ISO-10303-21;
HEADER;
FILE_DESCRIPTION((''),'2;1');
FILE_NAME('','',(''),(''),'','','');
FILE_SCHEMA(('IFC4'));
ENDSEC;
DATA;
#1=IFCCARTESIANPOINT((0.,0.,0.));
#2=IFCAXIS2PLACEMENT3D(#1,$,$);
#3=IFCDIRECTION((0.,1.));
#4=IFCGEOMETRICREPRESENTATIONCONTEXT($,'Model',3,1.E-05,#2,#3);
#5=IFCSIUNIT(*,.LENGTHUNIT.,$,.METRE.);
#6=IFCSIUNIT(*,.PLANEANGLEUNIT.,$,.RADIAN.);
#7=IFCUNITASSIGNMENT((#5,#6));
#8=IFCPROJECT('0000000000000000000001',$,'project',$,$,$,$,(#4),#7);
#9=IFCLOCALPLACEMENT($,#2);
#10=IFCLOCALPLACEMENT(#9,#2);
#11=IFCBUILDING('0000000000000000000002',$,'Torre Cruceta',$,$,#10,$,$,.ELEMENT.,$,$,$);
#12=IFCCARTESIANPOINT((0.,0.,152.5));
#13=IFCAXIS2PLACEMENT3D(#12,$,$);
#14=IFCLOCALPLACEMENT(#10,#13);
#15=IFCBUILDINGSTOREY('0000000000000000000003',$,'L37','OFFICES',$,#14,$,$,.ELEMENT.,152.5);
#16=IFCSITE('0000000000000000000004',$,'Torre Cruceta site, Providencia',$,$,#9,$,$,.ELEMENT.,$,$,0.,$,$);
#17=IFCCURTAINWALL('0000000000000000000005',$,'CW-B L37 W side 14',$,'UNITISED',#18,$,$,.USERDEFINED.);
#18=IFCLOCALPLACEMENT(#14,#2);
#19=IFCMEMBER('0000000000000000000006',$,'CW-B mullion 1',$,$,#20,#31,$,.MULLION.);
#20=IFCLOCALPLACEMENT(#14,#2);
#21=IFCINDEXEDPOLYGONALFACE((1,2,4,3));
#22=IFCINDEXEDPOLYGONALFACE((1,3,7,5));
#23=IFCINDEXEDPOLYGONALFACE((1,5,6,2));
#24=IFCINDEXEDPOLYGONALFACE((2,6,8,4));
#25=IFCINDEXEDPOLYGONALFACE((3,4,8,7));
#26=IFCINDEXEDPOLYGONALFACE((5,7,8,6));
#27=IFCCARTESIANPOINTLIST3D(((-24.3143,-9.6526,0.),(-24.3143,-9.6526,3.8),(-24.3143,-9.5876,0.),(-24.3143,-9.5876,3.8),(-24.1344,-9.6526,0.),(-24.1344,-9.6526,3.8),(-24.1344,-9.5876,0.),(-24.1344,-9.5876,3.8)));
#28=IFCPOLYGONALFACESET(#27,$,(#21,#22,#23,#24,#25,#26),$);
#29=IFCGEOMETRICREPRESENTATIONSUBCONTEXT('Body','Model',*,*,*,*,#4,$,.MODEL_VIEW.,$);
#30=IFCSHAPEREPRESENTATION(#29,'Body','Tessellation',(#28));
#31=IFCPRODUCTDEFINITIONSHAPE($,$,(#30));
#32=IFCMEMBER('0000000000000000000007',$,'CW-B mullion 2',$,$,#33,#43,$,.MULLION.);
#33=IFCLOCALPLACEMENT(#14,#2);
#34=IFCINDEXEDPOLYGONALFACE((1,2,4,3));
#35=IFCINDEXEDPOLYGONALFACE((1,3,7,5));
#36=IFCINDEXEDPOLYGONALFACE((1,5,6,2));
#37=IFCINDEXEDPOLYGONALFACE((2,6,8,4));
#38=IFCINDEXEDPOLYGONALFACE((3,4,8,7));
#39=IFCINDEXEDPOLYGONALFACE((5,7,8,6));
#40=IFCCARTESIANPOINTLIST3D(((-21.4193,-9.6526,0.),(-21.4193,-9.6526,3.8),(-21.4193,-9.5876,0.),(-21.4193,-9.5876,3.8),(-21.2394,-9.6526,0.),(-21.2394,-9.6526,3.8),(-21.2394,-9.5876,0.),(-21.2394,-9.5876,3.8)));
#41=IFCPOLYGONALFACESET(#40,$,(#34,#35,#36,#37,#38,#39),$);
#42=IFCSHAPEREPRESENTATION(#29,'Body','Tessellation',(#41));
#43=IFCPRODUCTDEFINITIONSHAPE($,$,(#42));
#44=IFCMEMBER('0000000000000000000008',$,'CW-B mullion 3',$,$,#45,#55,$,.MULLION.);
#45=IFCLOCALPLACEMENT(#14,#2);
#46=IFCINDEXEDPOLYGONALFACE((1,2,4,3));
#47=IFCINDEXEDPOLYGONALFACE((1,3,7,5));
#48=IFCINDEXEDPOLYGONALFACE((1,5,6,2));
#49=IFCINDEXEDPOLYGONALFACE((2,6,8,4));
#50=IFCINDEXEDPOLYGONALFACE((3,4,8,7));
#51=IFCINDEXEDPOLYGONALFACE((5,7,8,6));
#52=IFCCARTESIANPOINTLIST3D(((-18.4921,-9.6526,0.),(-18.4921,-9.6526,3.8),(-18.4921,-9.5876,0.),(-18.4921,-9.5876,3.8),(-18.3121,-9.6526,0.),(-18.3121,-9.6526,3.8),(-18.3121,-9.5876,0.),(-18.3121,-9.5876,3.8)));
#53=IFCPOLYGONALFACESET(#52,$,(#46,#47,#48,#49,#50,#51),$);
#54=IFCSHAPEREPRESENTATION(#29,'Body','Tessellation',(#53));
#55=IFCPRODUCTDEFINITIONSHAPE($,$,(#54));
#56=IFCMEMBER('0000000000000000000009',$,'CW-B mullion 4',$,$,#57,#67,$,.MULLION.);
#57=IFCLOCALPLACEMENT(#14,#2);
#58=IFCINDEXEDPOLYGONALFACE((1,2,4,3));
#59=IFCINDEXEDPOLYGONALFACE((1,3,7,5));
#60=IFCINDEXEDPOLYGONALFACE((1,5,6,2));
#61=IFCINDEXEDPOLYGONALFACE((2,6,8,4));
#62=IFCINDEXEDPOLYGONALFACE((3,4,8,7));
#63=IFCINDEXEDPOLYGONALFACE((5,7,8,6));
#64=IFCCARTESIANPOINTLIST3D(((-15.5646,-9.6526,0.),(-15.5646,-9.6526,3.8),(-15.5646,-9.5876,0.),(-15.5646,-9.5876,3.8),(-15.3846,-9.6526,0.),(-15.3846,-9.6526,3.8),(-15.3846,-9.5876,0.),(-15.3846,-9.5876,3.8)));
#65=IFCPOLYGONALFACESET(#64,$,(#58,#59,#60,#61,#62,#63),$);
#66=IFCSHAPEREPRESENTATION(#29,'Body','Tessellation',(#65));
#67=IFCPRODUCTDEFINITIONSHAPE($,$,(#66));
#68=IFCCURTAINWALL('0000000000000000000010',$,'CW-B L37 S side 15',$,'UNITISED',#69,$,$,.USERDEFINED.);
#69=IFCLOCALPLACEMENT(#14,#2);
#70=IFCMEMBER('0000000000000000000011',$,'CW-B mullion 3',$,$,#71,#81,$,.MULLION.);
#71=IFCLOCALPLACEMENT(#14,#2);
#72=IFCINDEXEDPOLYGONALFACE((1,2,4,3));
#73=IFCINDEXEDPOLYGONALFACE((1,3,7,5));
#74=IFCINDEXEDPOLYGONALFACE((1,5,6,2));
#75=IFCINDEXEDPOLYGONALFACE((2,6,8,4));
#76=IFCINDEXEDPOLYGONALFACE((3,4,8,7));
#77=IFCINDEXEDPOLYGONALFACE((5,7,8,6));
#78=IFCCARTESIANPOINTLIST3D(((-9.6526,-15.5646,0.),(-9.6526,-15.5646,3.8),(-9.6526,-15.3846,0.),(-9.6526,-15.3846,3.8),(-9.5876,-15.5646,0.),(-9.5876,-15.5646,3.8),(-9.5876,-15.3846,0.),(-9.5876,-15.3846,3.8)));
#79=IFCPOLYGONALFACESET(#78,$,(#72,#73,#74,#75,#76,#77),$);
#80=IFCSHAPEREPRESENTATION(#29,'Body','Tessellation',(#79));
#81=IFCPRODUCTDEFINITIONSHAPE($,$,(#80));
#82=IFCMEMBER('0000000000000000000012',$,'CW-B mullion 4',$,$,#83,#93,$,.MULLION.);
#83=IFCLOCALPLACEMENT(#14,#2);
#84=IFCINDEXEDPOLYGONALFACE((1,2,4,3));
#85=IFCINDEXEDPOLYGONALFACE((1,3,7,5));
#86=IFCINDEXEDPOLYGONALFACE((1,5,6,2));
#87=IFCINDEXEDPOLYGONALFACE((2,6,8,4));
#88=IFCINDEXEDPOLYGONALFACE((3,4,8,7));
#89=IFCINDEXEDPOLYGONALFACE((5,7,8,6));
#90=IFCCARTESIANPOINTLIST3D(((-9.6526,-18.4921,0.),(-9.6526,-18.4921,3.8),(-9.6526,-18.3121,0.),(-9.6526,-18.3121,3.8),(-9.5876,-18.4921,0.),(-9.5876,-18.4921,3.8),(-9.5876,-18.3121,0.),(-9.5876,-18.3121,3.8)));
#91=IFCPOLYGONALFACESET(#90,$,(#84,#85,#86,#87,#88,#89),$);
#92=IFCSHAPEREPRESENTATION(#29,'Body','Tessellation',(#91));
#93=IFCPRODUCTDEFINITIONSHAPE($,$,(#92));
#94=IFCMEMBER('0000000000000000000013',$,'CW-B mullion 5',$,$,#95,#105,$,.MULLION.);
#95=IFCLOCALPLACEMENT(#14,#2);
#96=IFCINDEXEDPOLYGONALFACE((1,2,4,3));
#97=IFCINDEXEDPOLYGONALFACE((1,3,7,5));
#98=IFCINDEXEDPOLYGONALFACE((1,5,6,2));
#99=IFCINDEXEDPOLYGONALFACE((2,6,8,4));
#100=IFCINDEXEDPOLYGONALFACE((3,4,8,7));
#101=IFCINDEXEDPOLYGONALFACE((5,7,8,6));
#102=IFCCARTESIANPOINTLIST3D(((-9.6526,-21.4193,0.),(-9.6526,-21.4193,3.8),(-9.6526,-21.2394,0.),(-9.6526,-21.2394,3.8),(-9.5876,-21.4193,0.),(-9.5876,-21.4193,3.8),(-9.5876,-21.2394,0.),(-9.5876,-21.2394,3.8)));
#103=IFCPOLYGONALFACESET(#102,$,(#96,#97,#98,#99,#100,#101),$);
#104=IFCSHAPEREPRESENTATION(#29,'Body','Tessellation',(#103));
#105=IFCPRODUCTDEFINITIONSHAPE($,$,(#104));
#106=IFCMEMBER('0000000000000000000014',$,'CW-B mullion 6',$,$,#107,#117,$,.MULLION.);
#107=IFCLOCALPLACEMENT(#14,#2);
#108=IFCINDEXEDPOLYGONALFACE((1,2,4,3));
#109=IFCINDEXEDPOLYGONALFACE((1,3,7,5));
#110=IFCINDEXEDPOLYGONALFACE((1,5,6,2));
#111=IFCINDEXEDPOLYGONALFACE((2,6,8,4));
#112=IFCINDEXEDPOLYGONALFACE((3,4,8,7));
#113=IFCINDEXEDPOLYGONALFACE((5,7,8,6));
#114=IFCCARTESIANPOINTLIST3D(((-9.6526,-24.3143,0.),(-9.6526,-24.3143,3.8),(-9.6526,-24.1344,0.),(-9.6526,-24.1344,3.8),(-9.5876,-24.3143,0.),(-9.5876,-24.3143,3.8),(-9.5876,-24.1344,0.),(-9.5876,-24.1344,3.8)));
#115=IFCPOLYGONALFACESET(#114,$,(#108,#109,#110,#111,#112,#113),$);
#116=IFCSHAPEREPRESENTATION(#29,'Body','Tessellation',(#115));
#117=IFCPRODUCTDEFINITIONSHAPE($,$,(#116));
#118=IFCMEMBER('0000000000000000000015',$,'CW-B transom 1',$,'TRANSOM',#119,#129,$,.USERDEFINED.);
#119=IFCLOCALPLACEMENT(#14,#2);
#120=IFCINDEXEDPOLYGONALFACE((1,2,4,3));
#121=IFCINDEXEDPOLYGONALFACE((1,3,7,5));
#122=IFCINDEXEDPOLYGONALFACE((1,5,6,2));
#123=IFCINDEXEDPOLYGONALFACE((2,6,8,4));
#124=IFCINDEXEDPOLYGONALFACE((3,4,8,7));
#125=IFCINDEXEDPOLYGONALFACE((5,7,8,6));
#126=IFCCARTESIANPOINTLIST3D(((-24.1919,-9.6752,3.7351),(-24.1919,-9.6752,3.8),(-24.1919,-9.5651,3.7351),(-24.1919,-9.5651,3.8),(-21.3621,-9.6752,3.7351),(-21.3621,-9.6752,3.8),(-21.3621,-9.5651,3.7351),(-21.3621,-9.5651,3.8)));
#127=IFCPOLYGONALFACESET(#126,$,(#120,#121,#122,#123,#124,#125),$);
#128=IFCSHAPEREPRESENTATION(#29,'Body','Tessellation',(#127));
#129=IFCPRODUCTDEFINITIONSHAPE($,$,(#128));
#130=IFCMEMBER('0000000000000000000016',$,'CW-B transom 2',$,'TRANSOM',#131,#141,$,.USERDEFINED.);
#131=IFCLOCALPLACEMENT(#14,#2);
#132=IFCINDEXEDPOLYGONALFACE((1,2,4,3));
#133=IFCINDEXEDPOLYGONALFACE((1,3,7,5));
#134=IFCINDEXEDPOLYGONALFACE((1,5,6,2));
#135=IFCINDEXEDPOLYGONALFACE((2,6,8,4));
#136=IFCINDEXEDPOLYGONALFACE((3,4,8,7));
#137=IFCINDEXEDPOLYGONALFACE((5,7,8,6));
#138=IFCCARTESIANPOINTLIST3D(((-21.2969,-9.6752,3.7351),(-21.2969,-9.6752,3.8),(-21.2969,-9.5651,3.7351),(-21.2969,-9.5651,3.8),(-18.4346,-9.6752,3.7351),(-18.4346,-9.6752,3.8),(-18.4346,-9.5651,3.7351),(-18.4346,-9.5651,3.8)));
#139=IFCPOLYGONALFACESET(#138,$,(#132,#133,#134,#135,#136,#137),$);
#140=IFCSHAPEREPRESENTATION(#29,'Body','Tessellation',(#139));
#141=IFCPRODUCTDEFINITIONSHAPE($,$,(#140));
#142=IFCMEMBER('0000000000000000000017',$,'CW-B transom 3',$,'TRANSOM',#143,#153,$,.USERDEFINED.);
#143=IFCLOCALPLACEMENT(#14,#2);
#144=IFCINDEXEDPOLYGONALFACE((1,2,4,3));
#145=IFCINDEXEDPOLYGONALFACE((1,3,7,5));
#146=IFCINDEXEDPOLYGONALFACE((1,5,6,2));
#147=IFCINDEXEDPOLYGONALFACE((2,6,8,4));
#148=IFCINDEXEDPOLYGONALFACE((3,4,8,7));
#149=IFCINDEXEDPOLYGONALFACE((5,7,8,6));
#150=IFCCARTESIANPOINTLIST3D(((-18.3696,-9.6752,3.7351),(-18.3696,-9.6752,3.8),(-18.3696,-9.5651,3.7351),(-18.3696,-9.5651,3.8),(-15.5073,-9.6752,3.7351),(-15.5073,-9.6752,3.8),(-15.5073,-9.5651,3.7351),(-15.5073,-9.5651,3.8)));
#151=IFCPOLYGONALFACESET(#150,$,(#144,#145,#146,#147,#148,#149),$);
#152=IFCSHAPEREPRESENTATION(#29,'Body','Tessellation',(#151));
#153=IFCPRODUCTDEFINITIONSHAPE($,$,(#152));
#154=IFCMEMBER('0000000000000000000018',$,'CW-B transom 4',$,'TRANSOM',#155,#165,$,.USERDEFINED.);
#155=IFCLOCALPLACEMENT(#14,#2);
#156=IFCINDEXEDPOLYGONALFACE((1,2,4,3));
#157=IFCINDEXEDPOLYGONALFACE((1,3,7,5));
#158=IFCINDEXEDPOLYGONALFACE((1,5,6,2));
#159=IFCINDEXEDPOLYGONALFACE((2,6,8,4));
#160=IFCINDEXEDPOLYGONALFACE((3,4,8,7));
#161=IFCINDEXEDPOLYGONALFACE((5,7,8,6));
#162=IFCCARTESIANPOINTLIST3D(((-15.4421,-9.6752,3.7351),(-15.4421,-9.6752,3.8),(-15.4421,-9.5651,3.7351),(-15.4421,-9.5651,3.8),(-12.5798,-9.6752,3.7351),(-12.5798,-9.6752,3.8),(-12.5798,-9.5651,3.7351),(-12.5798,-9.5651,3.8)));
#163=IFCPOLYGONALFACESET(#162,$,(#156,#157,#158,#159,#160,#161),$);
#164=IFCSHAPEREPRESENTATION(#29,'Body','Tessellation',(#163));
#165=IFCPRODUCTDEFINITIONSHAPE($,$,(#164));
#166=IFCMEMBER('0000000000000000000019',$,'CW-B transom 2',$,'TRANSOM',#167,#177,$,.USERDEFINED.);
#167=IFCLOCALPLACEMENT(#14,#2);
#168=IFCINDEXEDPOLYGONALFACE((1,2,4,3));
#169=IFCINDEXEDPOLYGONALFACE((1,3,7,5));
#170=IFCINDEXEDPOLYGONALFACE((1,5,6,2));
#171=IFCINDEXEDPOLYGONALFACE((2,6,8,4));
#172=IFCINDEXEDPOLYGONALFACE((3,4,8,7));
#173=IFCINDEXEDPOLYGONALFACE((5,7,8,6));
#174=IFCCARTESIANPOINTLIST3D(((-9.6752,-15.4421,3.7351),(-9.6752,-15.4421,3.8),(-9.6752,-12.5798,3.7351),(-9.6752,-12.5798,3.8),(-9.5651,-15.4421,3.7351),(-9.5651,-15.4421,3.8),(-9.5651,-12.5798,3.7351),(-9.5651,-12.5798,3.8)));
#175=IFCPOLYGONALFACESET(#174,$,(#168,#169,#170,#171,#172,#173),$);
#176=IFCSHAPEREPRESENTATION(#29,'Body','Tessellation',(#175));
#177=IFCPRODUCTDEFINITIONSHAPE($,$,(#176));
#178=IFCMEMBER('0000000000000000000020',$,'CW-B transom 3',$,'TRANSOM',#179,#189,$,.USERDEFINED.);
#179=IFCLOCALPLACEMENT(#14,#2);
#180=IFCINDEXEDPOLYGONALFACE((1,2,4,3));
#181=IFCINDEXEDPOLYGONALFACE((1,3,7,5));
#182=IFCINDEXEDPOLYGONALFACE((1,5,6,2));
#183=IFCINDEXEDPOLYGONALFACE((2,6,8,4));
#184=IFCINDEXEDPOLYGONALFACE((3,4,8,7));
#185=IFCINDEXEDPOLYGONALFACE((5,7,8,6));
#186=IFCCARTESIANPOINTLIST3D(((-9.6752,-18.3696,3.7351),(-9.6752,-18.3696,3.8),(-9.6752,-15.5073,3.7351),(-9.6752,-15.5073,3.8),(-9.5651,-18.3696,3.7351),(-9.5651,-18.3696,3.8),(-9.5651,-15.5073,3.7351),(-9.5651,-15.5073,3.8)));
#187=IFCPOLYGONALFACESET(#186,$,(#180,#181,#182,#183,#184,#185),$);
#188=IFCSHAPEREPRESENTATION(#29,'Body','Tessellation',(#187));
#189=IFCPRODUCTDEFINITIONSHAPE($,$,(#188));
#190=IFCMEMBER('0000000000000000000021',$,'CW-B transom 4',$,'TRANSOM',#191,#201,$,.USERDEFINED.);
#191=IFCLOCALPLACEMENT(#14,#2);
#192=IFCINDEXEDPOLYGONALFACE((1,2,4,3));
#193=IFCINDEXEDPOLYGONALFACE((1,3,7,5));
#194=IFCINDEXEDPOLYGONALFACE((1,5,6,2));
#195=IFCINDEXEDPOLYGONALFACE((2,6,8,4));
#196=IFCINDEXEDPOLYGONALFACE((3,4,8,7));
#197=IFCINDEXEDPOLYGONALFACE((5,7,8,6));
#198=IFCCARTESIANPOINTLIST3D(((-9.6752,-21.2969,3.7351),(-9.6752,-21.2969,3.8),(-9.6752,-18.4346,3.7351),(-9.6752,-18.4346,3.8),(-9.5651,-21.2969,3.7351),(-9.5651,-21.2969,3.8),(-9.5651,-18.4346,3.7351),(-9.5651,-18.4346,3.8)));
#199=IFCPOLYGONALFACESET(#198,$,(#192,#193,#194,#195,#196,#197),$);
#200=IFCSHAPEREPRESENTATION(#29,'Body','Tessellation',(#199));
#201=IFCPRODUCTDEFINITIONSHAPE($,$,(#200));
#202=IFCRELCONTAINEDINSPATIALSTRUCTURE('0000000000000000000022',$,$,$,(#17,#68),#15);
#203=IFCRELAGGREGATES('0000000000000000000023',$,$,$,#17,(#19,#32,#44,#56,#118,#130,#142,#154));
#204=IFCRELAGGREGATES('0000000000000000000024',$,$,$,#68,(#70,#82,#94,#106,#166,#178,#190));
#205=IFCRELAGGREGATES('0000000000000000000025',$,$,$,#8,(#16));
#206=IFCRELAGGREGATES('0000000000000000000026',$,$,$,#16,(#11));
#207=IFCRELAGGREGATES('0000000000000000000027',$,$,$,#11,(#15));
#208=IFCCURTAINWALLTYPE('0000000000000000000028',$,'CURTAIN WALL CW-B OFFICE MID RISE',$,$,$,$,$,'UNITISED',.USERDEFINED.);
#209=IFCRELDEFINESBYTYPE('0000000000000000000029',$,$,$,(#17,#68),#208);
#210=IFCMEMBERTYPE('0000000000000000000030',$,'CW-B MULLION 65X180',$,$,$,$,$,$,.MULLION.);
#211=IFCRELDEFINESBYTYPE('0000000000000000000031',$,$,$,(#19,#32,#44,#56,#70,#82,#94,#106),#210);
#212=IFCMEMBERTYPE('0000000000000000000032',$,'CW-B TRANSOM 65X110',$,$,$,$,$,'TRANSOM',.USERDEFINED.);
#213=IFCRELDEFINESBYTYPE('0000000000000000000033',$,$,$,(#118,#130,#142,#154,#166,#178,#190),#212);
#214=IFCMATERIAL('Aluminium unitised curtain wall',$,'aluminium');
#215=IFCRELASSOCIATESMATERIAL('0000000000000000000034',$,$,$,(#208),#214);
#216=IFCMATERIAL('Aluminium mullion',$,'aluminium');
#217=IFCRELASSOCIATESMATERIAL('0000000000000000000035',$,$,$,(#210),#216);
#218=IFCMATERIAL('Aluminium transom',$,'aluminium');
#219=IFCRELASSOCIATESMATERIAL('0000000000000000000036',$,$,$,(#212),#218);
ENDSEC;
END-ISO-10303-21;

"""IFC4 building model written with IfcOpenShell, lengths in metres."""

from ifc_helpers import new_model, si_unit, direction, frame, origin, origin_2d, place, context, subcontext, project, spatial, rectangle, extrude, material, material_profile, profile_set, type_object, element, aggregate, save


model = new_model("IFC4")

# Units and contexts
model_context = context("Model", 3, precision=1e-05, world=origin(), true_north=direction((0.0, 1.0)))
body_context = subcontext(model_context, "Body", "Model", "MODEL_VIEW")
ifc_project = project(units=[si_unit("LENGTHUNIT", "METRE"), si_unit("PLANEANGLEUNIT", "RADIAN")], contexts=[model_context])

# Site, building, storey
site_placement = place(None, origin())
site = spatial("IfcSite", under=ifc_project, at=site_placement, Name="Torre Cruceta site, Providencia", CompositionType="ELEMENT", RefElevation=0.0)
building_placement = place(site_placement, origin())
building = spatial("IfcBuilding", under=site, at=building_placement, Name="Torre Cruceta", CompositionType="ELEMENT")
storey_placement = place(building_placement, frame((0.0, 0.0, 152.5)))
storey = spatial("IfcBuildingStorey", under=building, at=storey_placement, Name="L37", Description="OFFICES", CompositionType="ELEMENT", Elevation=152.5)

# Curtain walls, members
ifc_material_1 = material(Name="Aluminium unitised curtain wall", Category="aluminium")
curtain_wall_type = type_object("IfcCurtainWallType", Name="CURTAIN WALL CW-B OFFICE MID RISE", ElementType="UNITISED", PredefinedType="USERDEFINED", material=ifc_material_1)
curtain_wall_1_placement = place(storey_placement, origin())
curtain_wall_1 = element("IfcCurtainWall", 1, at=curtain_wall_1_placement, inside=storey, type_object=curtain_wall_type, Name="CW-B L37 W side 14", ObjectType="UNITISED", PredefinedType="USERDEFINED")
ifc_material_2 = material(Name="Aluminium mullion", Category="aluminium")
ifc_material_profile_1 = material_profile(ifc_material_2, rectangle(XDim=0.0649, YDim=0.1799, at=origin_2d()), Name="AL 65X180")
ifc_profile_set_1 = profile_set([ifc_material_profile_1], Name="Aluminium mullion")
member_type_1 = type_object("IfcMemberType", Name="CW-B MULLION 65X180", PredefinedType="MULLION", material=ifc_profile_set_1)
member_1_placement = place(storey_placement, frame((-24.2244, -9.6201, 0.0), z_axis=(0.0, 0.0, 1.0), x_axis=(0.0, 1.0, 0.0)))
member_1 = element("IfcMember", 2, at=member_1_placement, type_object=member_type_1, Name="CW-B mullion 1", PredefinedType="MULLION", context=body_context, shape_type="SweptSolid", body=[
    extrude(rectangle(XDim=0.0649, YDim=0.1799, at=origin_2d()), origin(), (0.0, 0.0, 1.0), 3.8),
])
member_2_placement = place(storey_placement, frame((-21.3293, -9.6201, 0.0), z_axis=(0.0, 0.0, 1.0), x_axis=(0.0, 1.0, 0.0)))
member_2 = element("IfcMember", 3, at=member_2_placement, type_object=member_type_1, Name="CW-B mullion 2", PredefinedType="MULLION", context=body_context, shape_type="SweptSolid", body=[
    extrude(rectangle(XDim=0.0649, YDim=0.1799, at=origin_2d()), origin(), (0.0, 0.0, 1.0), 3.8),
])
member_3_placement = place(storey_placement, frame((-18.4021, -9.6201, 0.0), z_axis=(0.0, 0.0, 1.0), x_axis=(0.0, 1.0, 0.0)))
member_3 = element("IfcMember", 4, at=member_3_placement, type_object=member_type_1, Name="CW-B mullion 3", PredefinedType="MULLION", context=body_context, shape_type="SweptSolid", body=[
    extrude(rectangle(XDim=0.0649, YDim=0.1799, at=origin_2d()), origin(), (0.0, 0.0, 1.0), 3.8),
])
member_4_placement = place(storey_placement, frame((-15.4746, -9.6201, 0.0), z_axis=(0.0, 0.0, 1.0), x_axis=(0.0, 1.0, 0.0)))
member_4 = element("IfcMember", 5, at=member_4_placement, type_object=member_type_1, Name="CW-B mullion 4", PredefinedType="MULLION", context=body_context, shape_type="SweptSolid", body=[
    extrude(rectangle(XDim=0.0649, YDim=0.1799, at=origin_2d()), origin(), (0.0, 0.0, 1.0), 3.8),
])
curtain_wall_2_placement = place(storey_placement, origin())
curtain_wall_2 = element("IfcCurtainWall", 6, at=curtain_wall_2_placement, inside=storey, type_object=curtain_wall_type, Name="CW-B L37 S side 15", ObjectType="UNITISED", PredefinedType="USERDEFINED")
member_5_placement = place(storey_placement, frame((-9.6201, -15.4746, 0.0), z_axis=(0.0, 0.0, 1.0), x_axis=(1.0, 0.0, 0.0)))
member_5 = element("IfcMember", 7, at=member_5_placement, type_object=member_type_1, Name="CW-B mullion 3", PredefinedType="MULLION", context=body_context, shape_type="SweptSolid", body=[
    extrude(rectangle(XDim=0.0649, YDim=0.1799, at=origin_2d()), origin(), (0.0, 0.0, 1.0), 3.8),
])
member_6_placement = place(storey_placement, frame((-9.6201, -18.4021, 0.0), z_axis=(0.0, 0.0, 1.0), x_axis=(1.0, 0.0, 0.0)))
member_6 = element("IfcMember", 8, at=member_6_placement, type_object=member_type_1, Name="CW-B mullion 4", PredefinedType="MULLION", context=body_context, shape_type="SweptSolid", body=[
    extrude(rectangle(XDim=0.0649, YDim=0.1799, at=origin_2d()), origin(), (0.0, 0.0, 1.0), 3.8),
])
member_7_placement = place(storey_placement, frame((-9.6201, -21.3293, 0.0), z_axis=(0.0, 0.0, 1.0), x_axis=(1.0, 0.0, 0.0)))
member_7 = element("IfcMember", 9, at=member_7_placement, type_object=member_type_1, Name="CW-B mullion 5", PredefinedType="MULLION", context=body_context, shape_type="SweptSolid", body=[
    extrude(rectangle(XDim=0.0649, YDim=0.1799, at=origin_2d()), origin(), (0.0, 0.0, 1.0), 3.8),
])
member_8_placement = place(storey_placement, frame((-9.6201, -24.2244, 0.0), z_axis=(0.0, 0.0, 1.0), x_axis=(1.0, 0.0, 0.0)))
member_8 = element("IfcMember", 10, at=member_8_placement, type_object=member_type_1, Name="CW-B mullion 6", PredefinedType="MULLION", context=body_context, shape_type="SweptSolid", body=[
    extrude(rectangle(XDim=0.0649, YDim=0.1799, at=origin_2d()), origin(), (0.0, 0.0, 1.0), 3.8),
])

# Members
ifc_material_3 = material(Name="Aluminium transom", Category="aluminium")
ifc_material_profile_2 = material_profile(ifc_material_3, rectangle(XDim=0.1101, YDim=0.0649, at=origin_2d()), Name="AL 110X65")
ifc_profile_set_2 = profile_set([ifc_material_profile_2], Name="Aluminium transom")
member_type_2 = type_object("IfcMemberType", Name="CW-B TRANSOM 65X110", ElementType="TRANSOM", PredefinedType="USERDEFINED", material=ifc_profile_set_2)
member_9_placement = place(storey_placement, frame((-24.1919, -9.6201, 3.7676), z_axis=(1.0, 0.0, 0.0), x_axis=(0.0, 1.0, 0.0)))
member_9 = element("IfcMember", 11, at=member_9_placement, type_object=member_type_2, Name="CW-B transom 1", ObjectType="TRANSOM", PredefinedType="USERDEFINED", context=body_context, shape_type="SweptSolid", body=[
    extrude(rectangle(XDim=0.1101, YDim=0.0649, at=origin_2d()), origin(), (0.0, 0.0, 1.0), 2.8298),
])
member_10_placement = place(storey_placement, frame((-21.2969, -9.6201, 3.7676), z_axis=(1.0, 0.0, 0.0), x_axis=(0.0, 1.0, 0.0)))
member_10 = element("IfcMember", 12, at=member_10_placement, type_object=member_type_2, Name="CW-B transom 2", ObjectType="TRANSOM", PredefinedType="USERDEFINED", context=body_context, shape_type="SweptSolid", body=[
    extrude(rectangle(XDim=0.1101, YDim=0.0649, at=origin_2d()), origin(), (0.0, 0.0, 1.0), 2.8623),
])
member_11_placement = place(storey_placement, frame((-18.3696, -9.6201, 3.7676), z_axis=(1.0, 0.0, 0.0), x_axis=(0.0, 1.0, 0.0)))
member_11 = element("IfcMember", 13, at=member_11_placement, type_object=member_type_2, Name="CW-B transom 3", ObjectType="TRANSOM", PredefinedType="USERDEFINED", context=body_context, shape_type="SweptSolid", body=[
    extrude(rectangle(XDim=0.1101, YDim=0.0649, at=origin_2d()), origin(), (0.0, 0.0, 1.0), 2.8623),
])
member_12_placement = place(storey_placement, frame((-15.4421, -9.6201, 3.7676), z_axis=(1.0, 0.0, 0.0), x_axis=(0.0, 1.0, 0.0)))
member_12 = element("IfcMember", 14, at=member_12_placement, type_object=member_type_2, Name="CW-B transom 4", ObjectType="TRANSOM", PredefinedType="USERDEFINED", context=body_context, shape_type="SweptSolid", body=[
    extrude(rectangle(XDim=0.1101, YDim=0.0649, at=origin_2d()), origin(), (0.0, 0.0, 1.0), 2.8623),
])
member_13_placement = place(storey_placement, frame((-9.6201, -12.5798, 3.7676), z_axis=(0.0, -1.0, 0.0), x_axis=(1.0, 0.0, 0.0)))
member_13 = element("IfcMember", 15, at=member_13_placement, type_object=member_type_2, Name="CW-B transom 2", ObjectType="TRANSOM", PredefinedType="USERDEFINED", context=body_context, shape_type="SweptSolid", body=[
    extrude(rectangle(XDim=0.1101, YDim=0.0649, at=origin_2d()), origin(), (0.0, 0.0, 1.0), 2.8623),
])
member_14_placement = place(storey_placement, frame((-9.6201, -15.5073, 3.7676), z_axis=(0.0, -1.0, 0.0), x_axis=(1.0, 0.0, 0.0)))
member_14 = element("IfcMember", 16, at=member_14_placement, type_object=member_type_2, Name="CW-B transom 3", ObjectType="TRANSOM", PredefinedType="USERDEFINED", context=body_context, shape_type="SweptSolid", body=[
    extrude(rectangle(XDim=0.1101, YDim=0.0649, at=origin_2d()), origin(), (0.0, 0.0, 1.0), 2.8623),
])
member_15_placement = place(storey_placement, frame((-9.6201, -18.4346, 3.7676), z_axis=(0.0, -1.0, 0.0), x_axis=(1.0, 0.0, 0.0)))
member_15 = element("IfcMember", 17, at=member_15_placement, type_object=member_type_2, Name="CW-B transom 4", ObjectType="TRANSOM", PredefinedType="USERDEFINED", context=body_context, shape_type="SweptSolid", body=[
    extrude(rectangle(XDim=0.1101, YDim=0.0649, at=origin_2d()), origin(), (0.0, 0.0, 1.0), 2.8623),
])

aggregate(curtain_wall_1, [member_1, member_2, member_3, member_4, member_9, member_10, member_11, member_12])
aggregate(curtain_wall_2, [member_5, member_6, member_7, member_8, member_13, member_14, member_15])

save(model, "model.ifc")
